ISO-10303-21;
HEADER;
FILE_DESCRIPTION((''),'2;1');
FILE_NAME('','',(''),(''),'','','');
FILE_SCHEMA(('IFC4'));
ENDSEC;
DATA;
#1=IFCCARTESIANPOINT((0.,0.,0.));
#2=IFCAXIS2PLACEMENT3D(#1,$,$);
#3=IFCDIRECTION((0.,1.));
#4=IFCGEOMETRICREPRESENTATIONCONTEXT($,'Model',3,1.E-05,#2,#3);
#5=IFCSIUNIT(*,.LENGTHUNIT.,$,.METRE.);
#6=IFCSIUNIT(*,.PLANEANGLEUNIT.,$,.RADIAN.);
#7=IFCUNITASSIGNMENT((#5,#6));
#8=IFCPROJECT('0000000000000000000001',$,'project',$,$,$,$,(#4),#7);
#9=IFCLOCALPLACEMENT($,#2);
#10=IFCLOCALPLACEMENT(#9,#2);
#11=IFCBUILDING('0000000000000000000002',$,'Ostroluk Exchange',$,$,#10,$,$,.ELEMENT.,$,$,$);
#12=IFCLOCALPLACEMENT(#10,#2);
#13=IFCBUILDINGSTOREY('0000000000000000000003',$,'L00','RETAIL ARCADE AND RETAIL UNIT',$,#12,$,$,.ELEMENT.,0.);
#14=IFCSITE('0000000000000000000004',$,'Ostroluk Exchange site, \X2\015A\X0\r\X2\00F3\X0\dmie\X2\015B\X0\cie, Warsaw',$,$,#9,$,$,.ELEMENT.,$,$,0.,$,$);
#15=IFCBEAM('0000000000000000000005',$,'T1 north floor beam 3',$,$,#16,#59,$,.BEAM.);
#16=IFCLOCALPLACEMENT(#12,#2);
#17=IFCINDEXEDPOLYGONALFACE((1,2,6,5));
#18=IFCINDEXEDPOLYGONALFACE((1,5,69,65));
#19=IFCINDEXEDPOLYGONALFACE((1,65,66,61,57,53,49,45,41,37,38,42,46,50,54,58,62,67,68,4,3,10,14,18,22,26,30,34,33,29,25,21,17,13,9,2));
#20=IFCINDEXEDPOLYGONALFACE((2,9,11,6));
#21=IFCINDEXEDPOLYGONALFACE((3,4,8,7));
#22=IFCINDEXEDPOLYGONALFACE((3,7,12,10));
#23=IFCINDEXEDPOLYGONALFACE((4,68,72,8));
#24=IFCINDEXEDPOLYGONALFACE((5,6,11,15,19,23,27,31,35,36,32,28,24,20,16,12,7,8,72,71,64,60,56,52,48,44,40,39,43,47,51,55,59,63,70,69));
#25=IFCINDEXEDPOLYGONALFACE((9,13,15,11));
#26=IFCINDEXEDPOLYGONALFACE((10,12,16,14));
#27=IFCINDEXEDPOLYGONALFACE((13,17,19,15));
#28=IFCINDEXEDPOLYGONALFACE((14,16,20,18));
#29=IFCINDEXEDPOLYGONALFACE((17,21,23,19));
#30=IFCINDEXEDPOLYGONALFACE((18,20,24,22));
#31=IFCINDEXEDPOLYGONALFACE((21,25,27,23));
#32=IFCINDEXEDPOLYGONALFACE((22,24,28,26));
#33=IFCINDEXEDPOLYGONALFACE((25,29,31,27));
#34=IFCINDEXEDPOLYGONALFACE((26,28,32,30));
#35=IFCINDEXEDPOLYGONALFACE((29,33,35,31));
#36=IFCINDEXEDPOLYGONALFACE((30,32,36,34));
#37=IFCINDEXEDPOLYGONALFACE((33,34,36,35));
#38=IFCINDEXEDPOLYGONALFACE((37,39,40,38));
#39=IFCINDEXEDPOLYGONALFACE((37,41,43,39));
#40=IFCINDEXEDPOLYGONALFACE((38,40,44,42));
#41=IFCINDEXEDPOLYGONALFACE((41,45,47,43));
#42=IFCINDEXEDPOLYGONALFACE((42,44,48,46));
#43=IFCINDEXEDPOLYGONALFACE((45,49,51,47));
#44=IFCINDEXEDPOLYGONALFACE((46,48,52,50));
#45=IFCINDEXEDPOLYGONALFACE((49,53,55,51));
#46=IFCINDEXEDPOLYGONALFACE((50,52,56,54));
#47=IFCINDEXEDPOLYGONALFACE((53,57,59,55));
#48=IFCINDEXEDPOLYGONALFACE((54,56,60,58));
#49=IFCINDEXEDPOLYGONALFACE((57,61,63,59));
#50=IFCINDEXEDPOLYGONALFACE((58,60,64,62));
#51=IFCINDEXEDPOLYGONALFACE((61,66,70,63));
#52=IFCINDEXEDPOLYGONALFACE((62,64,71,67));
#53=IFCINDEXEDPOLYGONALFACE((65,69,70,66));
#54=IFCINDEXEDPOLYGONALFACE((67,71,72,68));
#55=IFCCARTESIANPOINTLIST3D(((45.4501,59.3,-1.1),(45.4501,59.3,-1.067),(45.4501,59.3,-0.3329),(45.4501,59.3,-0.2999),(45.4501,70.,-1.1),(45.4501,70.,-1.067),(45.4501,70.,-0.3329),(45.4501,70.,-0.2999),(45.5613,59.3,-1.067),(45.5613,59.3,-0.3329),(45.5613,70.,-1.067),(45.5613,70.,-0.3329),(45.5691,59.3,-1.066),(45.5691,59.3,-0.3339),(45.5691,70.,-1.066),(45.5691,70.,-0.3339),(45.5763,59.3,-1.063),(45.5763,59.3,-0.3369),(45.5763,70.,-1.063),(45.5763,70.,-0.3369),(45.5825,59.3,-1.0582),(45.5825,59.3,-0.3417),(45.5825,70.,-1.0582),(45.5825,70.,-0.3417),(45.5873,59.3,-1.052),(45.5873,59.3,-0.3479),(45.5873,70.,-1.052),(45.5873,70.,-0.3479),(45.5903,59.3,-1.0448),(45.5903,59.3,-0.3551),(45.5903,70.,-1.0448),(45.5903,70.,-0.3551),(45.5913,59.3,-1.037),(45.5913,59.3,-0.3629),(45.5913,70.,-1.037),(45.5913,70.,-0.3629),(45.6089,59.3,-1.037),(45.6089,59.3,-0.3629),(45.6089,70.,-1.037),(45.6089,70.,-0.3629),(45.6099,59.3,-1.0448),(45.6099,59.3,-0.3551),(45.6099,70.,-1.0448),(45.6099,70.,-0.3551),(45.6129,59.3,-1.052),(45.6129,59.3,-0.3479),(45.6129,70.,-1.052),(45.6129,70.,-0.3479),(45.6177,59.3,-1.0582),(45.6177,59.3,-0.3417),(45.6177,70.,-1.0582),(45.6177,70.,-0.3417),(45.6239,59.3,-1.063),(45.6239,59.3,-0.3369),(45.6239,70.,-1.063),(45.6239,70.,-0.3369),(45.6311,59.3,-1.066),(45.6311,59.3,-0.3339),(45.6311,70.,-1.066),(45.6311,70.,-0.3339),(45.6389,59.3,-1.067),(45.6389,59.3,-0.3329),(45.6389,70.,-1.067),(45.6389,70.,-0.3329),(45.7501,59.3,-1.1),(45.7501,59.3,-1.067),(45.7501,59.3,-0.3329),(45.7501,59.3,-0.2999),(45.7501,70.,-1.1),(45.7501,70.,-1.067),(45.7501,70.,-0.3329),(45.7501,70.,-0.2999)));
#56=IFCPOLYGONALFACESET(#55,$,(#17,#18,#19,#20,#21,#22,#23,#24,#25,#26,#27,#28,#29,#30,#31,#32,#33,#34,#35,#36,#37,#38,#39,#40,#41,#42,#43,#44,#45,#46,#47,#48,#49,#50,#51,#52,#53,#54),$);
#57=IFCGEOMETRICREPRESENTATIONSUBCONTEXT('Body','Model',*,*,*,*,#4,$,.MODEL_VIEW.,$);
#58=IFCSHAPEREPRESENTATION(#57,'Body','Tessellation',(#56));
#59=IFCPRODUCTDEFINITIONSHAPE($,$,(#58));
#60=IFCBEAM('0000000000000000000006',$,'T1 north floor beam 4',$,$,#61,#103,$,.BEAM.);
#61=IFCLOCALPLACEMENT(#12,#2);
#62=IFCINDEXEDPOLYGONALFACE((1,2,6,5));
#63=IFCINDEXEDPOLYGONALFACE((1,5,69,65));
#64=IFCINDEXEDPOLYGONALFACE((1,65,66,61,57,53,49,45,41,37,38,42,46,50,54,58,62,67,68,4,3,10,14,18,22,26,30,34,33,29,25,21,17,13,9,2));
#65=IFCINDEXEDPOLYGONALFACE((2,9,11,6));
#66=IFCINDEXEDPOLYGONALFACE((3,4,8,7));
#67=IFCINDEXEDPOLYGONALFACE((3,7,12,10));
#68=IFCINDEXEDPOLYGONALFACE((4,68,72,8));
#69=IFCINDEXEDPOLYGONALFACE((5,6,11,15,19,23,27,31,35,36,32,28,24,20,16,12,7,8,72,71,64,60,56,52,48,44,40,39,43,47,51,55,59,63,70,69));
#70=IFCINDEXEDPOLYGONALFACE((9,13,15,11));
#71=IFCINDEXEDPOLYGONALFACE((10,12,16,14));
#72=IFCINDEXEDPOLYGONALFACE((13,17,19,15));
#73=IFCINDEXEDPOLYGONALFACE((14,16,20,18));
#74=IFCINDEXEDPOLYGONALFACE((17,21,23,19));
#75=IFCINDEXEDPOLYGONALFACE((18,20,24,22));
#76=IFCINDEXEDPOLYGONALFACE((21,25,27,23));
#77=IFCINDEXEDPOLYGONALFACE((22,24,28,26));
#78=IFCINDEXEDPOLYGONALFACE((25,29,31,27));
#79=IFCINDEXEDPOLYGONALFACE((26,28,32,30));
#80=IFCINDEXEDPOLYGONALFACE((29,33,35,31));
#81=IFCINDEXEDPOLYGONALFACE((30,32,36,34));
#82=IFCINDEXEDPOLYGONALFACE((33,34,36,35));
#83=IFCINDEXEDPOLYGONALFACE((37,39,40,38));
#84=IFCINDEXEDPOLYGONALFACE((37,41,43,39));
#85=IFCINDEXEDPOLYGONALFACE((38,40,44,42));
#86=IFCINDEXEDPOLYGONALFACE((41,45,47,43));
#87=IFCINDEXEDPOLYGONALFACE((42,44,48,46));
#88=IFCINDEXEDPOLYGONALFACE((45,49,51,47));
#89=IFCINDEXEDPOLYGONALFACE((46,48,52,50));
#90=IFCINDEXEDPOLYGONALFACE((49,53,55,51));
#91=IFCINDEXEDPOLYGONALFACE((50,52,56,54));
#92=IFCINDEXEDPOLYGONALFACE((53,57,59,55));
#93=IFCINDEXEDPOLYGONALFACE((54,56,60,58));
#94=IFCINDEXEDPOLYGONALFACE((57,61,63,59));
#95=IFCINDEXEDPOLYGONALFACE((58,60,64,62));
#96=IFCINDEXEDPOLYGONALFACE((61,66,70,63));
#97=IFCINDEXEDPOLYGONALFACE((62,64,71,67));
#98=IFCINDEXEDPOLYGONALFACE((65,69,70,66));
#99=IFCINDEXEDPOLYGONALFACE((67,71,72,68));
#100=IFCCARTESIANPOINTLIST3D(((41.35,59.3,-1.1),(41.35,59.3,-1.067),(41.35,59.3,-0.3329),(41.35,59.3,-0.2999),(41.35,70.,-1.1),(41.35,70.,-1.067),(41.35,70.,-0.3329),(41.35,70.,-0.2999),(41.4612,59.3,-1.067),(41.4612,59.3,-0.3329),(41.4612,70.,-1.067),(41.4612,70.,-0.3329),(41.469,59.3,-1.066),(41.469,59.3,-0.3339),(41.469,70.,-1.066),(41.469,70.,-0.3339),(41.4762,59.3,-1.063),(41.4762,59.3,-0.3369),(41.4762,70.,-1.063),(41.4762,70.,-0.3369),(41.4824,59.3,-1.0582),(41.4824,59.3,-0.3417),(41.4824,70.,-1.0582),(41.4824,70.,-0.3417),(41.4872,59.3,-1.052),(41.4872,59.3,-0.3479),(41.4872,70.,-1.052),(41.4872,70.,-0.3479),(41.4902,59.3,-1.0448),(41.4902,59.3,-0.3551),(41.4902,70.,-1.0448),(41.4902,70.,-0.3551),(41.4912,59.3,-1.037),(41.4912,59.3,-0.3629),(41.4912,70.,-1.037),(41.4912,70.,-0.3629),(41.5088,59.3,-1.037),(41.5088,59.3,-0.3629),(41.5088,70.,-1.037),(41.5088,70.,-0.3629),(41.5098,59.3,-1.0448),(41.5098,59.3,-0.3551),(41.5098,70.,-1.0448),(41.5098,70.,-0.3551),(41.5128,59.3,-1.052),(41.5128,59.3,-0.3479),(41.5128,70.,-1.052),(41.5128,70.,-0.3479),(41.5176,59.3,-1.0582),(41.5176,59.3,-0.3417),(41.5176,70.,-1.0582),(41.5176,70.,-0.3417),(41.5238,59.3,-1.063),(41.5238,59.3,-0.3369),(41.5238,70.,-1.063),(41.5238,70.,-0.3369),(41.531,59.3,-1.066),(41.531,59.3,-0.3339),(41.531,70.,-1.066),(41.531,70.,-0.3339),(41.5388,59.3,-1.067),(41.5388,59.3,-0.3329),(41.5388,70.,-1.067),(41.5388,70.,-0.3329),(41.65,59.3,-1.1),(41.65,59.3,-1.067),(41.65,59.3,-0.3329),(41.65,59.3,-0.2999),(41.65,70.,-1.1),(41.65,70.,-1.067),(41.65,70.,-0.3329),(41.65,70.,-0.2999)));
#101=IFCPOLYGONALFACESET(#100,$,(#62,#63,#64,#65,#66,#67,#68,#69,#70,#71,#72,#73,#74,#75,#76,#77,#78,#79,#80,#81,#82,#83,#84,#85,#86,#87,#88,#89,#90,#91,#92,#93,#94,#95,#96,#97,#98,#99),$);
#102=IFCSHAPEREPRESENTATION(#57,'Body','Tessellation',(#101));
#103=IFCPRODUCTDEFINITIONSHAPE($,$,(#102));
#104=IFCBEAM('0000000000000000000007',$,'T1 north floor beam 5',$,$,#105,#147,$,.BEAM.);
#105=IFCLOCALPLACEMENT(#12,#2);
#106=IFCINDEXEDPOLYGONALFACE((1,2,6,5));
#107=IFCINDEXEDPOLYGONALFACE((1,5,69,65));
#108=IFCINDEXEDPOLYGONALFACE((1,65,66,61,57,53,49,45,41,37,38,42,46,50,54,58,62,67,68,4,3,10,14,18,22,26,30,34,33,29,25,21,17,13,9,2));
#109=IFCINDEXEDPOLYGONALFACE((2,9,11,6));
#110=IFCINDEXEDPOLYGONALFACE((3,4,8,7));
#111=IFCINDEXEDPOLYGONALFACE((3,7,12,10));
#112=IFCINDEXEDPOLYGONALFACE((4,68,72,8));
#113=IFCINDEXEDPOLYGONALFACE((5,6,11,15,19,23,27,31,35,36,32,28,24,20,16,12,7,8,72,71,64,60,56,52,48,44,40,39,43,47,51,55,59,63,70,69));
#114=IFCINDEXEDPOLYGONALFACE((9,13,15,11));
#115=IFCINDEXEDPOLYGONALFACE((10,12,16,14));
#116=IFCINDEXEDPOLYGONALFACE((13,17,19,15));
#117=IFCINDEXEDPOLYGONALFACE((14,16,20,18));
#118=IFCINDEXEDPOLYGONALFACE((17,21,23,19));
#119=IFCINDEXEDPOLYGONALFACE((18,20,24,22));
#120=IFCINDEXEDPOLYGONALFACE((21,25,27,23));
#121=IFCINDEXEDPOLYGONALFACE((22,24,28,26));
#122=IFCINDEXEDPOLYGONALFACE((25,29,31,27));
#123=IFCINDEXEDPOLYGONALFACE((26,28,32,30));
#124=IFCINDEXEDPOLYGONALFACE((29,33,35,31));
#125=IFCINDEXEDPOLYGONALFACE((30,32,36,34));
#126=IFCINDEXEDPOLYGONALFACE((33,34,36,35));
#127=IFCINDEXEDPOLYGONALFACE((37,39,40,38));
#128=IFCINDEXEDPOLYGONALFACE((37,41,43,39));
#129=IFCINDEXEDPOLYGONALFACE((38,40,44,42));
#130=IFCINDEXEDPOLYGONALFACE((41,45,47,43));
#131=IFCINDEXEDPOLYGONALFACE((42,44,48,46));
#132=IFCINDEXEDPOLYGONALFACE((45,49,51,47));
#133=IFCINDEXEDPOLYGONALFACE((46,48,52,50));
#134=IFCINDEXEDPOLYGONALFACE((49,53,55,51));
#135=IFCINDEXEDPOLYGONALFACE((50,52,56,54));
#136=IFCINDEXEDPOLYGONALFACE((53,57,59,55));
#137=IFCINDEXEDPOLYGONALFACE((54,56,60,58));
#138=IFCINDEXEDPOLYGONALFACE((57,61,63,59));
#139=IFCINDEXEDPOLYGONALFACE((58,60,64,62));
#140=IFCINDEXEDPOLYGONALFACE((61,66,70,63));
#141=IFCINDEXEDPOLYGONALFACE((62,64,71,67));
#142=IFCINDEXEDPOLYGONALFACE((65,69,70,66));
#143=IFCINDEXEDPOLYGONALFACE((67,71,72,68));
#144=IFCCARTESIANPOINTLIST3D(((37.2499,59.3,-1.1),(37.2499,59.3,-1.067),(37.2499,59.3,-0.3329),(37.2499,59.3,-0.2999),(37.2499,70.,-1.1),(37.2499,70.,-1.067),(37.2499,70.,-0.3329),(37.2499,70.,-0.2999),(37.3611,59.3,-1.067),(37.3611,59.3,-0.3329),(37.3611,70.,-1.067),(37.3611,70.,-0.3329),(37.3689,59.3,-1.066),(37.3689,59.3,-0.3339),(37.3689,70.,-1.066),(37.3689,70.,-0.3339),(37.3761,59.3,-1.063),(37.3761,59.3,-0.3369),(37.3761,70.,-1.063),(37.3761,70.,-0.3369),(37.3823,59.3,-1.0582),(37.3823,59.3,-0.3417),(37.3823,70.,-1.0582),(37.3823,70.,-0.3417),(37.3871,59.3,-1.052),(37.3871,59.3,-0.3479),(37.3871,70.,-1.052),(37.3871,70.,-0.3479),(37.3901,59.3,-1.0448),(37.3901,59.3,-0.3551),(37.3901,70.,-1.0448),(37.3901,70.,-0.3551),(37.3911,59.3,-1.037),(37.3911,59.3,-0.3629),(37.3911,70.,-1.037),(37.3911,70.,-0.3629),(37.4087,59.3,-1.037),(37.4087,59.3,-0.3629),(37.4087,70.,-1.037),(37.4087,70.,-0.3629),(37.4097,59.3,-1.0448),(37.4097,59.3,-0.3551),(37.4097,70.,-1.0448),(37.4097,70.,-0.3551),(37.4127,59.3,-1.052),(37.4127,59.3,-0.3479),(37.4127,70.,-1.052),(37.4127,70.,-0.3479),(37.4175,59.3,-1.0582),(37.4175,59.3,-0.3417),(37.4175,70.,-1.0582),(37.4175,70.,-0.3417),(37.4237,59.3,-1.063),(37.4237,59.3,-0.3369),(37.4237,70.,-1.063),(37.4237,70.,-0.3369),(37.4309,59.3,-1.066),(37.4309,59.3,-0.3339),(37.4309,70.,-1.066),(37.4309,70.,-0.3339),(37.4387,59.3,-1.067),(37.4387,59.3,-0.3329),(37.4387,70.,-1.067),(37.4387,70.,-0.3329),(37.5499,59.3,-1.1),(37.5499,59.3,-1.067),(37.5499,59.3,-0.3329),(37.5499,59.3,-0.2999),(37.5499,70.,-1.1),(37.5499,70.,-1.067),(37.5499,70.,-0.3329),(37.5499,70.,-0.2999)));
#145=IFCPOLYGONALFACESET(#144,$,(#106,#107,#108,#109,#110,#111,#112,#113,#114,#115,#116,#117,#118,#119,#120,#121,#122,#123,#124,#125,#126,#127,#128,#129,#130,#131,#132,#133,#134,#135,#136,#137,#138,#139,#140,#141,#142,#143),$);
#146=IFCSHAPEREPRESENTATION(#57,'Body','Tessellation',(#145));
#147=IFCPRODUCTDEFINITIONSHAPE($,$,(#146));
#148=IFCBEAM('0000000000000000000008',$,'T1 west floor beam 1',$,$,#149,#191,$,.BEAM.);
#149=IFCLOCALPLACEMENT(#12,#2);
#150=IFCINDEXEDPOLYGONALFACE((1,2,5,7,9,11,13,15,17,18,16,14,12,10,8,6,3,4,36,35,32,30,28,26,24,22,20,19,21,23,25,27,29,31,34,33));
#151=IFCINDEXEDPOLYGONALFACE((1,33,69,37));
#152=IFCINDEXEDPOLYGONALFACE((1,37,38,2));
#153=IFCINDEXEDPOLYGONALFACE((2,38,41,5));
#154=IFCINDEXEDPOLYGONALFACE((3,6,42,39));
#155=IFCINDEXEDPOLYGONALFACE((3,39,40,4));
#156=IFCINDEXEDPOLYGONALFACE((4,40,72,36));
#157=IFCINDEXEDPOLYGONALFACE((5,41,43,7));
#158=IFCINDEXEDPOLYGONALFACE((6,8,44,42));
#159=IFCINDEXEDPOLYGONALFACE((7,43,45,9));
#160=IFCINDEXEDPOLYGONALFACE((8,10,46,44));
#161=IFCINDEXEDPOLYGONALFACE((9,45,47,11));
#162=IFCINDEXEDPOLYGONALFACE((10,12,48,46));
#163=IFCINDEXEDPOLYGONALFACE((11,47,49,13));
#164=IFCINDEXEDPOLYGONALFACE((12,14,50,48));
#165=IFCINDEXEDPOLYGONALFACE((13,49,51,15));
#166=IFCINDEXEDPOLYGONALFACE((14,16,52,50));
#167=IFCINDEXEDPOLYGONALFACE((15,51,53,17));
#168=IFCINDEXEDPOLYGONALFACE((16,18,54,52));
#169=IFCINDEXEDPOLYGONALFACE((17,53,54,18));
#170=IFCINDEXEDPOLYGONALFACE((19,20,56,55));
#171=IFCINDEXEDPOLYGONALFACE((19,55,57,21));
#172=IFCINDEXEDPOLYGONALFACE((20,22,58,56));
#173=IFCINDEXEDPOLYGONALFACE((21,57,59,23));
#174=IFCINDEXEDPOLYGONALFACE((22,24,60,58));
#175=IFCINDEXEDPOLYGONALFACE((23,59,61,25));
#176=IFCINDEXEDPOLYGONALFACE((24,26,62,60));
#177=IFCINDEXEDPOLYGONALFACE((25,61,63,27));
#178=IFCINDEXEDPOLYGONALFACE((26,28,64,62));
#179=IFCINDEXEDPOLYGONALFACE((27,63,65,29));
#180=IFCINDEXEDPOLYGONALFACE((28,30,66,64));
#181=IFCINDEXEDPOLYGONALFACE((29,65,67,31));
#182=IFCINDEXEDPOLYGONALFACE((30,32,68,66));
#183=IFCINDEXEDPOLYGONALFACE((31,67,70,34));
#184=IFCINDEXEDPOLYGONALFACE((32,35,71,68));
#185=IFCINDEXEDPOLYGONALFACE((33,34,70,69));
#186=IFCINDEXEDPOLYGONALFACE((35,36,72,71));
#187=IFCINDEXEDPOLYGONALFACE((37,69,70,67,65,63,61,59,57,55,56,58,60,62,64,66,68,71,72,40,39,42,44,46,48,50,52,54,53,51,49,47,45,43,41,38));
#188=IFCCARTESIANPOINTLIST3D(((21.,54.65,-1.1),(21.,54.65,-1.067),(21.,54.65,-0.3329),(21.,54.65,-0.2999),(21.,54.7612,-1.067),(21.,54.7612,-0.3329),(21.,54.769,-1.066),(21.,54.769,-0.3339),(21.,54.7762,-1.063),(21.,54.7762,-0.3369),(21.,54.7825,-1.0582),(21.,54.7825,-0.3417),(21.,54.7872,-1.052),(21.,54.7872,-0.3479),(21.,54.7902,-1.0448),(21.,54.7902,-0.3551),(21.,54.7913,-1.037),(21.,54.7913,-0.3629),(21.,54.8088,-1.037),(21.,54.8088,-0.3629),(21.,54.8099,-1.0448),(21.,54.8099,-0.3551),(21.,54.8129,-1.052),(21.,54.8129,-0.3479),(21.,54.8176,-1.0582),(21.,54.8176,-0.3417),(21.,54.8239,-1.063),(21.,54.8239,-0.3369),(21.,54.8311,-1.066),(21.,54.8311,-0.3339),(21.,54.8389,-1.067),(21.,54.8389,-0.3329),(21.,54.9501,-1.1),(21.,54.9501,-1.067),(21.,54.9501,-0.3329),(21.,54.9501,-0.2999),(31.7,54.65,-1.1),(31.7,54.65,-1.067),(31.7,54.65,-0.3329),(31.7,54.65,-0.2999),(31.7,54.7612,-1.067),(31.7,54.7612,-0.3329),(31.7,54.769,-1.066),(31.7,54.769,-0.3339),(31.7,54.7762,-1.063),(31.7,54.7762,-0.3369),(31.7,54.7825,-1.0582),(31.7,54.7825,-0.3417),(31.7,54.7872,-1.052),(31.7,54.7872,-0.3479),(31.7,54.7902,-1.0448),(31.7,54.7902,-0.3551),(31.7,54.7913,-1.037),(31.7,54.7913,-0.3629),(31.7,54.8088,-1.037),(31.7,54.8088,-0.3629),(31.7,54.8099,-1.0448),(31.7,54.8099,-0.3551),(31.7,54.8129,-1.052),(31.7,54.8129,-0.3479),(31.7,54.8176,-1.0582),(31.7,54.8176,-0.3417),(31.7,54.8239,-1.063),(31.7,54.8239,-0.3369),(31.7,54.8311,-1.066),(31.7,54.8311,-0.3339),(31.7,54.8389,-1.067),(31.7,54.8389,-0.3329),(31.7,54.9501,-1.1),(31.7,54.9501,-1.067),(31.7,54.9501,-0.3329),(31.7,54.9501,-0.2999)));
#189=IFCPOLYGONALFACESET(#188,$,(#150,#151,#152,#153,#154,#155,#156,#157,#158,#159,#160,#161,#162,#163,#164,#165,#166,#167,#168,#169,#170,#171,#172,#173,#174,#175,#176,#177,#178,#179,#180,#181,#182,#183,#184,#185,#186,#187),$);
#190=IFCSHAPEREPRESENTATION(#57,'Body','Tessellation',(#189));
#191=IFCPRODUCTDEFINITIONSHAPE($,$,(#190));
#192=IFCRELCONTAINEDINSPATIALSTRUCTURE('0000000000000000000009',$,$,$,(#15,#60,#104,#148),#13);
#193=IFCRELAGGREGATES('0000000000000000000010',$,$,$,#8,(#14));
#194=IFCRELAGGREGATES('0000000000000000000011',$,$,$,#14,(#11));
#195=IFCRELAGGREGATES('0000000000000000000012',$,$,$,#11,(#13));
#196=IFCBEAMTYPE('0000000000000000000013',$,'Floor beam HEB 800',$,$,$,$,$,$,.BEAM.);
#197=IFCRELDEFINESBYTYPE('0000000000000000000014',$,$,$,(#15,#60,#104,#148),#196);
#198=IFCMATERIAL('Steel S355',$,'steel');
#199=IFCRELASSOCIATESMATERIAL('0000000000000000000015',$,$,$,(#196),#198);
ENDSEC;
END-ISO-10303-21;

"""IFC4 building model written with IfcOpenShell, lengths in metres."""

from ifc_helpers import new_model, si_unit, direction, frame, origin, origin_2d, place, context, subcontext, project, spatial, i_section, extrude, material, material_profile, profile_set, type_object, element, save


model = new_model("IFC4")

# Units and contexts
model_context = context("Model", 3, precision=1e-05, world=origin(), true_north=direction((0.0, 1.0)))
body_context = subcontext(model_context, "Body", "Model", "MODEL_VIEW")
ifc_project = project(units=[si_unit("LENGTHUNIT", "METRE"), si_unit("PLANEANGLEUNIT", "RADIAN")], contexts=[model_context])

# Site, building, storey
site_placement = place(None, origin())
site = spatial("IfcSite", under=ifc_project, at=site_placement, Name="Ostroluk Exchange site, Śródmieście, Warsaw", CompositionType="ELEMENT", RefElevation=0.0)
building_placement = place(site_placement, origin())
building = spatial("IfcBuilding", under=site, at=building_placement, Name="Ostroluk Exchange", CompositionType="ELEMENT")
storey_placement = place(building_placement, origin())
storey = spatial("IfcBuildingStorey", under=building, at=storey_placement, Name="L00", Description="RETAIL ARCADE AND RETAIL UNIT", CompositionType="ELEMENT", Elevation=0.0)

# Beams
ifc_material_1 = material(Name="Steel S355", Category="steel")
ifc_material_profile_1 = material_profile(ifc_material_1, i_section(OverallWidth=0.3, OverallDepth=0.8, WebThickness=0.0176, FlangeThickness=0.033, FilletRadius=0.03, at=origin_2d()), Name="HEB 800")
ifc_profile_set_1 = profile_set([ifc_material_profile_1], Name="Steel S355")
beam_type_1 = type_object("IfcBeamType", Name="Floor beam HEB 800", PredefinedType="BEAM", material=ifc_profile_set_1)
for number, where, z_axis, x_axis, name in (
    (1, (45.6001, 59.3, -0.7), (0.0, 1.0, 0.0), (-1.0, 0.0, 0.0), "T1 north floor beam 3"),
    (2, (41.5, 59.3, -0.7), (0.0, 1.0, 0.0), (-1.0, 0.0, 0.0), "T1 north floor beam 4"),
    (3, (37.3999, 59.3, -0.7), (0.0, 1.0, 0.0), (-1.0, 0.0, 0.0), "T1 north floor beam 5"),
    (4, (31.7, 54.8, -0.7), (-1.0, 0.0, 0.0), (0.0, -1.0, 0.0), "T1 west floor beam 1"),
):
    element("IfcBeam", number, at=place(storey_placement, frame(where, z_axis=z_axis, x_axis=x_axis)), inside=storey, type_object=beam_type_1, Name=name, PredefinedType="BEAM", context=body_context, shape_type="SweptSolid", body=[
        extrude(i_section(OverallWidth=0.3, OverallDepth=0.8, WebThickness=0.0176, FlangeThickness=0.033, FilletRadius=0.03, at=origin_2d()), origin(), (0.0, 0.0, 1.0), 10.7),
    ])

save(model, "model.ifc")
